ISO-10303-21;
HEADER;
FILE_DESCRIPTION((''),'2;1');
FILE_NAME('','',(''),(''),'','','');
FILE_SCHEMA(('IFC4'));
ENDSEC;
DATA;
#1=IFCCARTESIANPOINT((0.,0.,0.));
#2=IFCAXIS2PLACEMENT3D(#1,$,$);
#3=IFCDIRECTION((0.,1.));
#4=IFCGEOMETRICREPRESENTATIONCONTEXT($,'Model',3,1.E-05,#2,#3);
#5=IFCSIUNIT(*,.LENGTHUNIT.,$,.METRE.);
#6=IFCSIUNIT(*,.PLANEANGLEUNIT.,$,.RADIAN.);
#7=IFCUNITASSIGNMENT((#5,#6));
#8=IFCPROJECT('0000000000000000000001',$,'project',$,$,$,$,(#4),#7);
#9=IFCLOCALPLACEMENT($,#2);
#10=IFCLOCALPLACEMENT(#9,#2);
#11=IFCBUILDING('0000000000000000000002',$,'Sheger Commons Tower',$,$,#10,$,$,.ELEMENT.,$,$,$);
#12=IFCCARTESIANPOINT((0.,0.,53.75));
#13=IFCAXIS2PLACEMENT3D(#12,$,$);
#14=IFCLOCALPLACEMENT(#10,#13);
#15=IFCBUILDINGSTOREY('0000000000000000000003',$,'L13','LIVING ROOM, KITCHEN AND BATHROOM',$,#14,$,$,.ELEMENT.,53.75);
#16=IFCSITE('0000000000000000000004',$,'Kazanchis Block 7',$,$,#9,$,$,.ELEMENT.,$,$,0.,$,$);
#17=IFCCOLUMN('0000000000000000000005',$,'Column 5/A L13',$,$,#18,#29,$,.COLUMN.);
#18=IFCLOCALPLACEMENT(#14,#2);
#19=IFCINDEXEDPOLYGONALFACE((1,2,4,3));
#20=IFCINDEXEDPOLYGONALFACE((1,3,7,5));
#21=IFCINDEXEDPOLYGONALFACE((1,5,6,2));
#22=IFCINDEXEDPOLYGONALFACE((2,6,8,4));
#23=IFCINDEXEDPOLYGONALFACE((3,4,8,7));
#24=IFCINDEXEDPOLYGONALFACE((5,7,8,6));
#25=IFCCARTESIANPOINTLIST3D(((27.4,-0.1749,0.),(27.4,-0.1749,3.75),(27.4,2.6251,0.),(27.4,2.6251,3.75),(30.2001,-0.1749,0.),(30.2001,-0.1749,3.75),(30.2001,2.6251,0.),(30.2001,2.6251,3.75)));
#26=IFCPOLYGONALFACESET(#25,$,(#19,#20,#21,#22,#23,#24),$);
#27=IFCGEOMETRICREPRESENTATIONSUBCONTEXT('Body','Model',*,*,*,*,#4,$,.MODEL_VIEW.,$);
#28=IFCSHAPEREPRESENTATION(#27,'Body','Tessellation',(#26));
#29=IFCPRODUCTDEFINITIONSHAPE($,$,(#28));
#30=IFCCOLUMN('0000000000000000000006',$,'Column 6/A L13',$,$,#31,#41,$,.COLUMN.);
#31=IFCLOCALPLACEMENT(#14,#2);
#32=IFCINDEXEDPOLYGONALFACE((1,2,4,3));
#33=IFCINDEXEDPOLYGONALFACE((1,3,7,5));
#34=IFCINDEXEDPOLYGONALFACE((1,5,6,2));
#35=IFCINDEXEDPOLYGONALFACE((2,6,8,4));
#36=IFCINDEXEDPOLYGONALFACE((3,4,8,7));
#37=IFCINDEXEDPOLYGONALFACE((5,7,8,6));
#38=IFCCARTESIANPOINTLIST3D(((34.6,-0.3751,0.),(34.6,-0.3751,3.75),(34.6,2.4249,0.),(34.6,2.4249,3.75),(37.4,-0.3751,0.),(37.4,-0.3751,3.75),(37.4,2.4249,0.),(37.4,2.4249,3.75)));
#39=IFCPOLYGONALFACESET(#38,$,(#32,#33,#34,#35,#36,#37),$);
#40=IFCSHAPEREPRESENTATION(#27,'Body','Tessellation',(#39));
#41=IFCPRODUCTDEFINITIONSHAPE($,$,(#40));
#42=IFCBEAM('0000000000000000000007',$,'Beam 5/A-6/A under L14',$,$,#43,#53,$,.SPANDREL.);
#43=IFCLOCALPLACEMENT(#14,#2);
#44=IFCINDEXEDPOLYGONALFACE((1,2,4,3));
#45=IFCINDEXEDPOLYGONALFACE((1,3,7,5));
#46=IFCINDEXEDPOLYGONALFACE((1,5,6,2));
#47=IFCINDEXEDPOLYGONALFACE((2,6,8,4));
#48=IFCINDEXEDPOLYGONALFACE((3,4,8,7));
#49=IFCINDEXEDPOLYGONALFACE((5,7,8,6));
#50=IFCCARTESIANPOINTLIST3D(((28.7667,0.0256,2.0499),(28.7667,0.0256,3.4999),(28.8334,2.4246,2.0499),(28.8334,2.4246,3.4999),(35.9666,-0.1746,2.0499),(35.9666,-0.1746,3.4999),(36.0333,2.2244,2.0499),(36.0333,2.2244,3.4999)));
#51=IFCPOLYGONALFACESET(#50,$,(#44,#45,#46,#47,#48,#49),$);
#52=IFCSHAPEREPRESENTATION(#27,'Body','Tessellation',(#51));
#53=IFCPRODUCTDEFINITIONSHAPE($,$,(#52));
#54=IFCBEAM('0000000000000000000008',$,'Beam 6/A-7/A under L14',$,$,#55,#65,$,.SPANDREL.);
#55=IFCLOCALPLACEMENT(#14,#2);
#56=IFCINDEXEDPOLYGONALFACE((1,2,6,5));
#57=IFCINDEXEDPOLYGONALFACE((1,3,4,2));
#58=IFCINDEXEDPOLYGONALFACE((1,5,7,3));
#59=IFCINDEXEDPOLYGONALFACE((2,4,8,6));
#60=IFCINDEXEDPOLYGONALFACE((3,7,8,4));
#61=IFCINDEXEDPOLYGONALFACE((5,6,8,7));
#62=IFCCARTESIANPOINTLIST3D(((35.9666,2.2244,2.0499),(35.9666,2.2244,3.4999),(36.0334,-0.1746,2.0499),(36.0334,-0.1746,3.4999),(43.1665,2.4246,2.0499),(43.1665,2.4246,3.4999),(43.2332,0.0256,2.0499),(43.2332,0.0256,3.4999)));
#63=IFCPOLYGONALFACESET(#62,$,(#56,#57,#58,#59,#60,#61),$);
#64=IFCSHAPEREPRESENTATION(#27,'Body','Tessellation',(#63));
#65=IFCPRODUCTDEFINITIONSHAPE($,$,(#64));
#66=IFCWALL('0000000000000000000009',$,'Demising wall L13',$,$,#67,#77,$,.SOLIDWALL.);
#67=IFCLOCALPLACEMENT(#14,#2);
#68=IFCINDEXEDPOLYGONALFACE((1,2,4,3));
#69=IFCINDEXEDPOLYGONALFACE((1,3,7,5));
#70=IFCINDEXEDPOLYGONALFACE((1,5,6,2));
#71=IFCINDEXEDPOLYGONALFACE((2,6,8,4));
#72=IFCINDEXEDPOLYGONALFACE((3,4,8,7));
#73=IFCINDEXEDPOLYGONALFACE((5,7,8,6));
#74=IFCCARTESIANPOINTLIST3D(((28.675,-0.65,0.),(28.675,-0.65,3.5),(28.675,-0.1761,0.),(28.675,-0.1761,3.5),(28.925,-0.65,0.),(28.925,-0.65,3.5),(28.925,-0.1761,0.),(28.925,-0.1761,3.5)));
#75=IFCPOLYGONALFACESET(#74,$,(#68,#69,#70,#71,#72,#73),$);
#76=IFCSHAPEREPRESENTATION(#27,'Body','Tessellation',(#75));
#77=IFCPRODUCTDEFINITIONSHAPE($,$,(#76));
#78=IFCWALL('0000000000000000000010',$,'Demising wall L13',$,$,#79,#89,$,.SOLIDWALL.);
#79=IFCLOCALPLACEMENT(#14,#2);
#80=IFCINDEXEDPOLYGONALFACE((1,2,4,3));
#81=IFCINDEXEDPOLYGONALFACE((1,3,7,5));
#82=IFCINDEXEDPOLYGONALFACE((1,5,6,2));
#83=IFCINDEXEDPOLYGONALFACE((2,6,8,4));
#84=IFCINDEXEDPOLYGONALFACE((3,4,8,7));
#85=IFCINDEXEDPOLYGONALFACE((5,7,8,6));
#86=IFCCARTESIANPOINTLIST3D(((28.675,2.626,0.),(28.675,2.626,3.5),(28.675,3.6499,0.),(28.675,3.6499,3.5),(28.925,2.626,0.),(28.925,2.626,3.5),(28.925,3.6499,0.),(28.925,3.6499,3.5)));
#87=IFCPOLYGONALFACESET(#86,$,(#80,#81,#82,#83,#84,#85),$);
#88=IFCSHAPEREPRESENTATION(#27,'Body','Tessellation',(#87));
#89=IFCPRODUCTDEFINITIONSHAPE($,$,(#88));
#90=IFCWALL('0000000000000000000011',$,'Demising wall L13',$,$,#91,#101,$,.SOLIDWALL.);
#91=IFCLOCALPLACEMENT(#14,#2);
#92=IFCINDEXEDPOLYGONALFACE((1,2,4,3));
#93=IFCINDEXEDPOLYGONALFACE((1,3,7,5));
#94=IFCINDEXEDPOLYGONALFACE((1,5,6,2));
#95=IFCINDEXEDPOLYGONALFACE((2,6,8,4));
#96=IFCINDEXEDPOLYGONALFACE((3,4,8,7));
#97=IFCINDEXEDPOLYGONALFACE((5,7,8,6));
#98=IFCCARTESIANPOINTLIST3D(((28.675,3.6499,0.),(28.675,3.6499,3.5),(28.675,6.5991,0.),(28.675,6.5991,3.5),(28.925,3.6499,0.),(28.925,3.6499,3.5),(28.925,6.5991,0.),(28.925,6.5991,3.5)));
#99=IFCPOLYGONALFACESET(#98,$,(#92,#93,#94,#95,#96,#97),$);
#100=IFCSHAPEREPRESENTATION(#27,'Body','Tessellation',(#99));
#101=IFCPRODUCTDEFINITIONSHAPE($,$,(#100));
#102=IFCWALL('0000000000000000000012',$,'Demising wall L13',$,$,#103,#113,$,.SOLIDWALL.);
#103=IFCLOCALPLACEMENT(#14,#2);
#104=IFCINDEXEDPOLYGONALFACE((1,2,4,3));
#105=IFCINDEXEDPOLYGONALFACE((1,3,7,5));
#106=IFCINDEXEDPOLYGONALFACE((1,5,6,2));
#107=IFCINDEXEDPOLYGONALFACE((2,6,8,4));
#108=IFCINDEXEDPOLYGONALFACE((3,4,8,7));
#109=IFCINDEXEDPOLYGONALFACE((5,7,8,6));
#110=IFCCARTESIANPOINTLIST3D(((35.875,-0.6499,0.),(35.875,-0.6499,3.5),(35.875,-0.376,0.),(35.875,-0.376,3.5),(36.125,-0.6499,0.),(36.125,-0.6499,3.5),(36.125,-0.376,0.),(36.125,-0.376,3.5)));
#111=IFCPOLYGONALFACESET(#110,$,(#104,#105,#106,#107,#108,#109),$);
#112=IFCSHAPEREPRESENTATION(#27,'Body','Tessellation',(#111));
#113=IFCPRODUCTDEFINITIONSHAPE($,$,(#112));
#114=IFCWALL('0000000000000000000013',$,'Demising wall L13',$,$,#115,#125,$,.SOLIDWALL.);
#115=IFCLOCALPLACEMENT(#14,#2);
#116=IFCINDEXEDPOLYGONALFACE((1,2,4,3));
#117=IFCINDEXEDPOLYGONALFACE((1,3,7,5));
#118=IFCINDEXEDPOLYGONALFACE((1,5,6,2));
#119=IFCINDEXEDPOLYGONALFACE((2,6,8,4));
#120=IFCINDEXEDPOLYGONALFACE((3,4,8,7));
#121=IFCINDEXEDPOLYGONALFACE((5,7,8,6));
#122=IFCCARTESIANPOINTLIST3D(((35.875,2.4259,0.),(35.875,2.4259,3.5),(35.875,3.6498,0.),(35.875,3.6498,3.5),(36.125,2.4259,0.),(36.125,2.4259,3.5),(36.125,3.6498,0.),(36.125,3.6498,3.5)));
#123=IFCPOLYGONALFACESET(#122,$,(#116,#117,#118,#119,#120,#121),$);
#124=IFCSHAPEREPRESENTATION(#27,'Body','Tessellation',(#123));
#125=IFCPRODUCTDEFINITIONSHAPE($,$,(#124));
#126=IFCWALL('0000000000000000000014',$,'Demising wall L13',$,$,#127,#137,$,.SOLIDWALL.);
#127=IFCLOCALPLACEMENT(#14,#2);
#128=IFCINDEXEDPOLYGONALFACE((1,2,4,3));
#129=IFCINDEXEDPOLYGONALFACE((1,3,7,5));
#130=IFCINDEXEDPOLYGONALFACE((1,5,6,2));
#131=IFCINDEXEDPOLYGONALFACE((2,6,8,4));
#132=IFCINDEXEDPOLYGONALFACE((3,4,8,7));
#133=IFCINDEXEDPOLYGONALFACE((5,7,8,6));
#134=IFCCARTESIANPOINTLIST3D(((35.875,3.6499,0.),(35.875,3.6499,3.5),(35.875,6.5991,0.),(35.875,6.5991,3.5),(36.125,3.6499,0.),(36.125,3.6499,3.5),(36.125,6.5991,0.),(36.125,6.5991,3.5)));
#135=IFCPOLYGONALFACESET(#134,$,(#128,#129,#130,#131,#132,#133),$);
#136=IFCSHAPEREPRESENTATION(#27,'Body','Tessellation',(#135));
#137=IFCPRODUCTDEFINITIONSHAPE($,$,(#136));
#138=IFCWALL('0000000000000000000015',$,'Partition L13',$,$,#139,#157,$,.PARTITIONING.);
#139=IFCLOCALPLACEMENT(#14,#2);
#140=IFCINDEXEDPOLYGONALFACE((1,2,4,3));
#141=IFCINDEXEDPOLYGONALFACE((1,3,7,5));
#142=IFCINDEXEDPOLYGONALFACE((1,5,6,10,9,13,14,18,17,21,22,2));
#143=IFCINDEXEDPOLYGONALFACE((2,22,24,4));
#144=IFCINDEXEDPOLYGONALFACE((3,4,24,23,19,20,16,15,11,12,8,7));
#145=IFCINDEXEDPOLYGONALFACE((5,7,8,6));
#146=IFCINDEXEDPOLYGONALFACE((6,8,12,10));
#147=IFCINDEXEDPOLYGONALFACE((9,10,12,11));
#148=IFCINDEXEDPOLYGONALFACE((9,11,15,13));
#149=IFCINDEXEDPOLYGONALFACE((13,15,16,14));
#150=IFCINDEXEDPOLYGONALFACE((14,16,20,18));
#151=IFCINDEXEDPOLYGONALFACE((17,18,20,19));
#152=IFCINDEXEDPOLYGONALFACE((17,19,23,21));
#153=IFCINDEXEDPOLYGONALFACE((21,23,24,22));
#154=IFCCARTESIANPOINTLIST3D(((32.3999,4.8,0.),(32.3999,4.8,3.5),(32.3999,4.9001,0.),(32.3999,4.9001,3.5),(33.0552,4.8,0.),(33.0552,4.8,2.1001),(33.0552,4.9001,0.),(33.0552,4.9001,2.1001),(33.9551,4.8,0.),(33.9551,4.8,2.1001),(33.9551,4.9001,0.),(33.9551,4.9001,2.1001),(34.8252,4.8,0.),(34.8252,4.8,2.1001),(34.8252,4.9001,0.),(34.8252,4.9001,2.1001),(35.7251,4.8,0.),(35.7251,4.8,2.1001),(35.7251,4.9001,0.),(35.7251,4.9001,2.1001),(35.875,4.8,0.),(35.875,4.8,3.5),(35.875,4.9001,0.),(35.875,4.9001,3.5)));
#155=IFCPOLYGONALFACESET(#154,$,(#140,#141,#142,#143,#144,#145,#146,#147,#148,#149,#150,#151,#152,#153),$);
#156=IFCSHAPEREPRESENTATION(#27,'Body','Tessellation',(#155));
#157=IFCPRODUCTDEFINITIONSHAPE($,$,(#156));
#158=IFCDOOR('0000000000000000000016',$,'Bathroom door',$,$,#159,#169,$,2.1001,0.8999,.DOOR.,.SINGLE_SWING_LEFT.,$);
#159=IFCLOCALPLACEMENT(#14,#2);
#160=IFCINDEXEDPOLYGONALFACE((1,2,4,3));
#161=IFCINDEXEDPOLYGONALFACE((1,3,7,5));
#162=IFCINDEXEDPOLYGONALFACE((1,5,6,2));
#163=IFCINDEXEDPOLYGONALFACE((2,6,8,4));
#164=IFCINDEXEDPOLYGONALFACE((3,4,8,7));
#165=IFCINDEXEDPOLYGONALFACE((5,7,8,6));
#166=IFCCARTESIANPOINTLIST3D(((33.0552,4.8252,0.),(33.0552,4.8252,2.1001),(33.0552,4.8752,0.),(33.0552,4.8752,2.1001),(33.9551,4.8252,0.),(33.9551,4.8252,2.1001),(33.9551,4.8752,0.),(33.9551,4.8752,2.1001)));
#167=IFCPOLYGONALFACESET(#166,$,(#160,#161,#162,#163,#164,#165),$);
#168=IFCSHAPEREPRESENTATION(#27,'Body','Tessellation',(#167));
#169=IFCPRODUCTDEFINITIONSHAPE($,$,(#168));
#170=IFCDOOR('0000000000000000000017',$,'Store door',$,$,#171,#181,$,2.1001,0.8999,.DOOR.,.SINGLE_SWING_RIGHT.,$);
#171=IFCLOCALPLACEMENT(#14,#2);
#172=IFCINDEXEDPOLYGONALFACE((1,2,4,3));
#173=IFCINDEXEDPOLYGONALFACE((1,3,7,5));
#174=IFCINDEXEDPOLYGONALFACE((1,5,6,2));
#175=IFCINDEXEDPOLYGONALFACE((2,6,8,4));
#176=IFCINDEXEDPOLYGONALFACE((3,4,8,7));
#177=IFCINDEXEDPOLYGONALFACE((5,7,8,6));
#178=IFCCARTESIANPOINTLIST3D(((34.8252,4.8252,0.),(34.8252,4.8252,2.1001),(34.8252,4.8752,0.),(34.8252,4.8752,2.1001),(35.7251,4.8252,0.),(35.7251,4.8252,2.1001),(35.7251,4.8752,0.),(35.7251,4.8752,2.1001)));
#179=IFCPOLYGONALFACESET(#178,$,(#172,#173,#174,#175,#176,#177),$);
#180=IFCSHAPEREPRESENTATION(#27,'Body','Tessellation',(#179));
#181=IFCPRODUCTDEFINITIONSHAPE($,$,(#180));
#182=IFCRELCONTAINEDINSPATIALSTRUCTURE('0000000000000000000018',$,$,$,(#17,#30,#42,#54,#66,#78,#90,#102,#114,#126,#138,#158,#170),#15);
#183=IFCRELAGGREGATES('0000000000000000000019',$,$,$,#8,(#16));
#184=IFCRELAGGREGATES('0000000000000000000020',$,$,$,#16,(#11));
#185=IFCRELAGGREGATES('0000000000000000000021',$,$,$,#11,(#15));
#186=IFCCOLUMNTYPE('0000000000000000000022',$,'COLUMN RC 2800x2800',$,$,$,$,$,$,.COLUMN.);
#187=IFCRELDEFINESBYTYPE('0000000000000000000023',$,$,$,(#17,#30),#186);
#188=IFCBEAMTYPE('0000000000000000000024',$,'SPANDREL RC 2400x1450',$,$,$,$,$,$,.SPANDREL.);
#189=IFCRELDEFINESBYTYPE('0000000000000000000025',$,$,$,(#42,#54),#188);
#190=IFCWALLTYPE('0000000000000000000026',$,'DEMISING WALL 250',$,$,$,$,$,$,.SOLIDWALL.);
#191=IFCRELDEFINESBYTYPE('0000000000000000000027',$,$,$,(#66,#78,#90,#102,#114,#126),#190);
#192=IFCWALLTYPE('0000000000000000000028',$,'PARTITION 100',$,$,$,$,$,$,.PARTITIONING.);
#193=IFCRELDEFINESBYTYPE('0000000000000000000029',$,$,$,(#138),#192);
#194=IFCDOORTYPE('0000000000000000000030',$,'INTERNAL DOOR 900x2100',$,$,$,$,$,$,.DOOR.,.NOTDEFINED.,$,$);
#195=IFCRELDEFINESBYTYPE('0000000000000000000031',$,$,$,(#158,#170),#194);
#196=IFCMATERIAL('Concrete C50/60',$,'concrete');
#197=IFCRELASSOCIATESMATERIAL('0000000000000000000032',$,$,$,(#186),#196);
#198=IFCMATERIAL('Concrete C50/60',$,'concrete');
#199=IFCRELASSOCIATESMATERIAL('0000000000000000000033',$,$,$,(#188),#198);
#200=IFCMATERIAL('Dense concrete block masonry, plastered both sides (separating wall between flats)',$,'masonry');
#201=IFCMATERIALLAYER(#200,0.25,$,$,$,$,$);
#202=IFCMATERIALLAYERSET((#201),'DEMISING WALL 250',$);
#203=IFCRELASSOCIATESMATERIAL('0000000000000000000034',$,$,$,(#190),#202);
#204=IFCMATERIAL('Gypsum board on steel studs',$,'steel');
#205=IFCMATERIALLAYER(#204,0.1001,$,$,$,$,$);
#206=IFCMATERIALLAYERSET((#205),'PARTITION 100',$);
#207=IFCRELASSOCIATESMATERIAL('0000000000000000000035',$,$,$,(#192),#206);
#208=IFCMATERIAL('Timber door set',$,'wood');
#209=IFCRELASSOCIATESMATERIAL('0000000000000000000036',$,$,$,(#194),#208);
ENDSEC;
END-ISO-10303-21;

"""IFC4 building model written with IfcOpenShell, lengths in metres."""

from ifc_helpers import new_model, si_unit, direction, frame, frame_2d, origin, origin_2d, place, context, subcontext, project, spatial, rectangle, extrude, material, layer, layer_set, material_profile, profile_set, type_object, element, fill, save


model = new_model("IFC4")

# Units and contexts
model_context = context("Model", 3, precision=1e-05, world=origin(), true_north=direction((0.0, 1.0)))
body_context = subcontext(model_context, "Body", "Model", "MODEL_VIEW")
ifc_project = project(units=[si_unit("LENGTHUNIT", "METRE"), si_unit("PLANEANGLEUNIT", "RADIAN")], contexts=[model_context])

# Site, building, storey
site_placement = place(None, origin())
site = spatial("IfcSite", under=ifc_project, at=site_placement, Name="Kazanchis Block 7", CompositionType="ELEMENT", RefElevation=0.0)
building_placement = place(site_placement, origin())
building = spatial("IfcBuilding", under=site, at=building_placement, Name="Sheger Commons Tower", CompositionType="ELEMENT")
storey_placement = place(building_placement, frame((0.0, 0.0, 53.75)))
storey = spatial("IfcBuildingStorey", under=building, at=storey_placement, Name="L13", Description="LIVING ROOM, KITCHEN AND BATHROOM", CompositionType="ELEMENT", Elevation=53.75)

# Columns
ifc_material_1 = material(Name="Concrete C50/60", Category="concrete")
ifc_material_profile_1 = material_profile(ifc_material_1, rectangle(XDim=2.8, YDim=2.8, at=origin_2d()), Name="RC 2800x2800")
ifc_profile_set_1 = profile_set([ifc_material_profile_1], Name="Concrete C50/60")
column_type = type_object("IfcColumnType", Name="COLUMN RC 2800x2800", PredefinedType="COLUMN", material=ifc_profile_set_1)
for number, where, z_axis, x_axis, name in (
    (1, (28.8, 1.2251, 0.0), (0.0, 0.0, 1.0), (1.0, 0.0, 0.0), "Column 5/A L13"),
    (2, (36.0, 1.0249, 0.0), (0.0, 0.0, 1.0), (1.0, 0.0, 0.0), "Column 6/A L13"),
):
    element("IfcColumn", number, at=place(storey_placement, frame(where, z_axis=z_axis, x_axis=x_axis)), inside=storey, type_object=column_type, Name=name, PredefinedType="COLUMN", context=body_context, shape_type="SweptSolid", body=[
        extrude(rectangle(XDim=2.8, YDim=2.8, at=origin_2d()), origin(), (0.0, 0.0, 1.0), 3.75),
    ])

# Beams
ifc_material_2 = material(Name="Concrete C50/60", Category="concrete")
ifc_material_profile_2 = material_profile(ifc_material_2, rectangle(XDim=2.3999, YDim=1.45, at=origin_2d()), Name="RC 2400x1450")
ifc_profile_set_2 = profile_set([ifc_material_profile_2], Name="Concrete C50/60")
beam_type = type_object("IfcBeamType", Name="SPANDREL RC 2400x1450", PredefinedType="SPANDREL", material=ifc_profile_set_2)
for number, where, z_axis, x_axis, name in (
    (3, (28.8, 1.2251, 2.7749), (0.999614, -0.027794, 0.0), (0.027794, 0.999614, 0.0), "Beam 5/A-6/A under L14"),
    (4, (36.0, 1.0249, 2.7749), (0.999614, 0.027794, 0.0), (-0.027794, 0.999614, 0.0), "Beam 6/A-7/A under L14"),
):
    element("IfcBeam", number, at=place(storey_placement, frame(where, z_axis=z_axis, x_axis=x_axis)), inside=storey, type_object=beam_type, Name=name, PredefinedType="SPANDREL", context=body_context, shape_type="SweptSolid", body=[
        extrude(rectangle(XDim=2.3999, YDim=1.45, at=origin_2d()), origin(), (0.0, 0.0, 1.0), 7.2026),
    ])

# Walls
ifc_material_3 = material(Name="Dense concrete block masonry, plastered both sides (separating wall between flats)", Category="masonry")
ifc_layer_1 = layer(ifc_material_3, 0.25)
ifc_layer_set_1 = layer_set([ifc_layer_1], Name="DEMISING WALL 250")
wall_type_1 = type_object("IfcWallType", Name="DEMISING WALL 250", PredefinedType="SOLIDWALL", material=ifc_layer_set_1)
wall_1_placement = place(storey_placement, frame((28.8, -0.6499, 0.0), z_axis=(0.0, 0.0, 1.0), x_axis=(0.0, 1.0, 0.0)))
element("IfcWall", 5, at=wall_1_placement, inside=storey, type_object=wall_type_1, Name="Demising wall L13", PredefinedType="SOLIDWALL", context=body_context, shape_type="SweptSolid", body=[
    extrude(rectangle(XDim=0.4739, YDim=0.25, at=frame_2d((0.2368, 0.0))), origin(), (0.0, 0.0, 1.0), 3.5),
])
wall_2_placement = place(storey_placement, frame((28.8, 2.626, 0.0), z_axis=(0.0, 0.0, 1.0), x_axis=(0.0, 1.0, 0.0)))
element("IfcWall", 6, at=wall_2_placement, inside=storey, type_object=wall_type_1, Name="Demising wall L13", PredefinedType="SOLIDWALL", context=body_context, shape_type="SweptSolid", body=[
    extrude(rectangle(XDim=1.0239, YDim=0.25, at=frame_2d((0.512, 0.0))), origin(), (0.0, 0.0, 1.0), 3.5),
])
wall_3_placement = place(storey_placement, frame((28.8, 3.6499, 0.0), z_axis=(0.0, 0.0, 1.0), x_axis=(0.0, 1.0, 0.0)))
element("IfcWall", 7, at=wall_3_placement, inside=storey, type_object=wall_type_1, Name="Demising wall L13", PredefinedType="SOLIDWALL", context=body_context, shape_type="SweptSolid", body=[
    extrude(rectangle(XDim=2.9492, YDim=0.25, at=frame_2d((1.4746, 0.0))), origin(), (0.0, 0.0, 1.0), 3.5),
])
wall_4_placement = place(storey_placement, frame((36.0, -0.6499, 0.0), z_axis=(0.0, 0.0, 1.0), x_axis=(0.0, 1.0, 0.0)))
element("IfcWall", 8, at=wall_4_placement, inside=storey, type_object=wall_type_1, Name="Demising wall L13", PredefinedType="SOLIDWALL", context=body_context, shape_type="SweptSolid", body=[
    extrude(rectangle(XDim=0.2739, YDim=0.25, at=frame_2d((0.137, 0.0))), origin(), (0.0, 0.0, 1.0), 3.5),
])
wall_5_placement = place(storey_placement, frame((36.0, 2.426, 0.0), z_axis=(0.0, 0.0, 1.0), x_axis=(0.0, 1.0, 0.0)))
element("IfcWall", 9, at=wall_5_placement, inside=storey, type_object=wall_type_1, Name="Demising wall L13", PredefinedType="SOLIDWALL", context=body_context, shape_type="SweptSolid", body=[
    extrude(rectangle(XDim=1.2239, YDim=0.25, at=frame_2d((0.6118, 0.0))), origin(), (0.0, 0.0, 1.0), 3.5),
])
wall_6_placement = place(storey_placement, frame((36.0, 3.6499, 0.0), z_axis=(0.0, 0.0, 1.0), x_axis=(0.0, 1.0, 0.0)))
element("IfcWall", 10, at=wall_6_placement, inside=storey, type_object=wall_type_1, Name="Demising wall L13", PredefinedType="SOLIDWALL", context=body_context, shape_type="SweptSolid", body=[
    extrude(rectangle(XDim=2.9492, YDim=0.25, at=frame_2d((1.4746, 0.0))), origin(), (0.0, 0.0, 1.0), 3.5),
])

# Wall, openings, doors
ifc_material_4 = material(Name="Gypsum board on steel studs", Category="steel")
ifc_layer_2 = layer(ifc_material_4, 0.1001)
ifc_layer_set_2 = layer_set([ifc_layer_2], Name="PARTITION 100")
wall_type_2 = type_object("IfcWallType", Name="PARTITION 100", PredefinedType="PARTITIONING", material=ifc_layer_set_2)
wall_7_placement = place(storey_placement, frame((35.875, 4.8501, 0.0), z_axis=(0.0, 0.0, 1.0), x_axis=(-1.0, 0.0, 0.0)))
wall_7 = element("IfcWall", 11, at=wall_7_placement, inside=storey, type_object=wall_type_2, Name="Partition L13", PredefinedType="PARTITIONING", context=body_context, shape_type="SweptSolid", body=[
    extrude(rectangle(XDim=3.4751, YDim=0.1001, at=frame_2d((1.7375, 0.0))), origin(), (0.0, 0.0, 1.0), 3.5),
])
opening_1_placement = place(wall_7_placement, frame((1.9199, 0.0, 0.0)))
opening_1 = element("IfcOpeningElement", 12, at=opening_1_placement, cuts=wall_7, PredefinedType="OPENING", context=body_context, shape_type="SweptSolid", body=[
    extrude(rectangle(XDim=0.8999, YDim=2.1001, at=frame_2d((0.45, 1.05))), frame((0.0, 0.0601, 0.0), z_axis=(0.0, -1.0, 0.0), x_axis=(1.0, 0.0, 0.0)), (0.0, 0.0, 1.0), 0.1201),
])
opening_2_placement = place(wall_7_placement, frame((0.1499, 0.0, 0.0)))
opening_2 = element("IfcOpeningElement", 13, at=opening_2_placement, cuts=wall_7, PredefinedType="OPENING", context=body_context, shape_type="SweptSolid", body=[
    extrude(rectangle(XDim=0.8999, YDim=2.1001, at=frame_2d((0.45, 1.05))), frame((0.0, 0.0601, 0.0), z_axis=(0.0, -1.0, 0.0), x_axis=(1.0, 0.0, 0.0)), (0.0, 0.0, 1.0), 0.1201),
])
ifc_material_5 = material(Name="Timber door set", Category="wood")
door_type = type_object("IfcDoorType", Name="INTERNAL DOOR 900x2100", OperationType="NOTDEFINED", PredefinedType="DOOR", material=ifc_material_5)
door_1_placement = place(opening_1_placement, origin())
door_1 = element("IfcDoor", 14, at=door_1_placement, inside=storey, type_object=door_type, Name="Bathroom door", OperationType="SINGLE_SWING_LEFT", OverallHeight=2.1001, OverallWidth=0.8999, PredefinedType="DOOR", context=body_context, shape_type="SweptSolid", body=[
    extrude(rectangle(XDim=0.8999, YDim=2.1001, at=frame_2d((0.45, 1.05))), frame((0.0, 0.0249, 0.0), z_axis=(0.0, -1.0, 0.0), x_axis=(1.0, 0.0, 0.0)), (0.0, 0.0, 1.0), 0.05),
])
fill(opening_1, door_1)
door_2_placement = place(opening_2_placement, origin())
door_2 = element("IfcDoor", 15, at=door_2_placement, inside=storey, type_object=door_type, Name="Store door", OperationType="SINGLE_SWING_RIGHT", OverallHeight=2.1001, OverallWidth=0.8999, PredefinedType="DOOR", context=body_context, shape_type="SweptSolid", body=[
    extrude(rectangle(XDim=0.8999, YDim=2.1001, at=frame_2d((0.45, 1.05))), frame((0.0, 0.0249, 0.0), z_axis=(0.0, -1.0, 0.0), x_axis=(1.0, 0.0, 0.0)), (0.0, 0.0, 1.0), 0.05),
])
fill(opening_2, door_2)

save(model, "model.ifc")
